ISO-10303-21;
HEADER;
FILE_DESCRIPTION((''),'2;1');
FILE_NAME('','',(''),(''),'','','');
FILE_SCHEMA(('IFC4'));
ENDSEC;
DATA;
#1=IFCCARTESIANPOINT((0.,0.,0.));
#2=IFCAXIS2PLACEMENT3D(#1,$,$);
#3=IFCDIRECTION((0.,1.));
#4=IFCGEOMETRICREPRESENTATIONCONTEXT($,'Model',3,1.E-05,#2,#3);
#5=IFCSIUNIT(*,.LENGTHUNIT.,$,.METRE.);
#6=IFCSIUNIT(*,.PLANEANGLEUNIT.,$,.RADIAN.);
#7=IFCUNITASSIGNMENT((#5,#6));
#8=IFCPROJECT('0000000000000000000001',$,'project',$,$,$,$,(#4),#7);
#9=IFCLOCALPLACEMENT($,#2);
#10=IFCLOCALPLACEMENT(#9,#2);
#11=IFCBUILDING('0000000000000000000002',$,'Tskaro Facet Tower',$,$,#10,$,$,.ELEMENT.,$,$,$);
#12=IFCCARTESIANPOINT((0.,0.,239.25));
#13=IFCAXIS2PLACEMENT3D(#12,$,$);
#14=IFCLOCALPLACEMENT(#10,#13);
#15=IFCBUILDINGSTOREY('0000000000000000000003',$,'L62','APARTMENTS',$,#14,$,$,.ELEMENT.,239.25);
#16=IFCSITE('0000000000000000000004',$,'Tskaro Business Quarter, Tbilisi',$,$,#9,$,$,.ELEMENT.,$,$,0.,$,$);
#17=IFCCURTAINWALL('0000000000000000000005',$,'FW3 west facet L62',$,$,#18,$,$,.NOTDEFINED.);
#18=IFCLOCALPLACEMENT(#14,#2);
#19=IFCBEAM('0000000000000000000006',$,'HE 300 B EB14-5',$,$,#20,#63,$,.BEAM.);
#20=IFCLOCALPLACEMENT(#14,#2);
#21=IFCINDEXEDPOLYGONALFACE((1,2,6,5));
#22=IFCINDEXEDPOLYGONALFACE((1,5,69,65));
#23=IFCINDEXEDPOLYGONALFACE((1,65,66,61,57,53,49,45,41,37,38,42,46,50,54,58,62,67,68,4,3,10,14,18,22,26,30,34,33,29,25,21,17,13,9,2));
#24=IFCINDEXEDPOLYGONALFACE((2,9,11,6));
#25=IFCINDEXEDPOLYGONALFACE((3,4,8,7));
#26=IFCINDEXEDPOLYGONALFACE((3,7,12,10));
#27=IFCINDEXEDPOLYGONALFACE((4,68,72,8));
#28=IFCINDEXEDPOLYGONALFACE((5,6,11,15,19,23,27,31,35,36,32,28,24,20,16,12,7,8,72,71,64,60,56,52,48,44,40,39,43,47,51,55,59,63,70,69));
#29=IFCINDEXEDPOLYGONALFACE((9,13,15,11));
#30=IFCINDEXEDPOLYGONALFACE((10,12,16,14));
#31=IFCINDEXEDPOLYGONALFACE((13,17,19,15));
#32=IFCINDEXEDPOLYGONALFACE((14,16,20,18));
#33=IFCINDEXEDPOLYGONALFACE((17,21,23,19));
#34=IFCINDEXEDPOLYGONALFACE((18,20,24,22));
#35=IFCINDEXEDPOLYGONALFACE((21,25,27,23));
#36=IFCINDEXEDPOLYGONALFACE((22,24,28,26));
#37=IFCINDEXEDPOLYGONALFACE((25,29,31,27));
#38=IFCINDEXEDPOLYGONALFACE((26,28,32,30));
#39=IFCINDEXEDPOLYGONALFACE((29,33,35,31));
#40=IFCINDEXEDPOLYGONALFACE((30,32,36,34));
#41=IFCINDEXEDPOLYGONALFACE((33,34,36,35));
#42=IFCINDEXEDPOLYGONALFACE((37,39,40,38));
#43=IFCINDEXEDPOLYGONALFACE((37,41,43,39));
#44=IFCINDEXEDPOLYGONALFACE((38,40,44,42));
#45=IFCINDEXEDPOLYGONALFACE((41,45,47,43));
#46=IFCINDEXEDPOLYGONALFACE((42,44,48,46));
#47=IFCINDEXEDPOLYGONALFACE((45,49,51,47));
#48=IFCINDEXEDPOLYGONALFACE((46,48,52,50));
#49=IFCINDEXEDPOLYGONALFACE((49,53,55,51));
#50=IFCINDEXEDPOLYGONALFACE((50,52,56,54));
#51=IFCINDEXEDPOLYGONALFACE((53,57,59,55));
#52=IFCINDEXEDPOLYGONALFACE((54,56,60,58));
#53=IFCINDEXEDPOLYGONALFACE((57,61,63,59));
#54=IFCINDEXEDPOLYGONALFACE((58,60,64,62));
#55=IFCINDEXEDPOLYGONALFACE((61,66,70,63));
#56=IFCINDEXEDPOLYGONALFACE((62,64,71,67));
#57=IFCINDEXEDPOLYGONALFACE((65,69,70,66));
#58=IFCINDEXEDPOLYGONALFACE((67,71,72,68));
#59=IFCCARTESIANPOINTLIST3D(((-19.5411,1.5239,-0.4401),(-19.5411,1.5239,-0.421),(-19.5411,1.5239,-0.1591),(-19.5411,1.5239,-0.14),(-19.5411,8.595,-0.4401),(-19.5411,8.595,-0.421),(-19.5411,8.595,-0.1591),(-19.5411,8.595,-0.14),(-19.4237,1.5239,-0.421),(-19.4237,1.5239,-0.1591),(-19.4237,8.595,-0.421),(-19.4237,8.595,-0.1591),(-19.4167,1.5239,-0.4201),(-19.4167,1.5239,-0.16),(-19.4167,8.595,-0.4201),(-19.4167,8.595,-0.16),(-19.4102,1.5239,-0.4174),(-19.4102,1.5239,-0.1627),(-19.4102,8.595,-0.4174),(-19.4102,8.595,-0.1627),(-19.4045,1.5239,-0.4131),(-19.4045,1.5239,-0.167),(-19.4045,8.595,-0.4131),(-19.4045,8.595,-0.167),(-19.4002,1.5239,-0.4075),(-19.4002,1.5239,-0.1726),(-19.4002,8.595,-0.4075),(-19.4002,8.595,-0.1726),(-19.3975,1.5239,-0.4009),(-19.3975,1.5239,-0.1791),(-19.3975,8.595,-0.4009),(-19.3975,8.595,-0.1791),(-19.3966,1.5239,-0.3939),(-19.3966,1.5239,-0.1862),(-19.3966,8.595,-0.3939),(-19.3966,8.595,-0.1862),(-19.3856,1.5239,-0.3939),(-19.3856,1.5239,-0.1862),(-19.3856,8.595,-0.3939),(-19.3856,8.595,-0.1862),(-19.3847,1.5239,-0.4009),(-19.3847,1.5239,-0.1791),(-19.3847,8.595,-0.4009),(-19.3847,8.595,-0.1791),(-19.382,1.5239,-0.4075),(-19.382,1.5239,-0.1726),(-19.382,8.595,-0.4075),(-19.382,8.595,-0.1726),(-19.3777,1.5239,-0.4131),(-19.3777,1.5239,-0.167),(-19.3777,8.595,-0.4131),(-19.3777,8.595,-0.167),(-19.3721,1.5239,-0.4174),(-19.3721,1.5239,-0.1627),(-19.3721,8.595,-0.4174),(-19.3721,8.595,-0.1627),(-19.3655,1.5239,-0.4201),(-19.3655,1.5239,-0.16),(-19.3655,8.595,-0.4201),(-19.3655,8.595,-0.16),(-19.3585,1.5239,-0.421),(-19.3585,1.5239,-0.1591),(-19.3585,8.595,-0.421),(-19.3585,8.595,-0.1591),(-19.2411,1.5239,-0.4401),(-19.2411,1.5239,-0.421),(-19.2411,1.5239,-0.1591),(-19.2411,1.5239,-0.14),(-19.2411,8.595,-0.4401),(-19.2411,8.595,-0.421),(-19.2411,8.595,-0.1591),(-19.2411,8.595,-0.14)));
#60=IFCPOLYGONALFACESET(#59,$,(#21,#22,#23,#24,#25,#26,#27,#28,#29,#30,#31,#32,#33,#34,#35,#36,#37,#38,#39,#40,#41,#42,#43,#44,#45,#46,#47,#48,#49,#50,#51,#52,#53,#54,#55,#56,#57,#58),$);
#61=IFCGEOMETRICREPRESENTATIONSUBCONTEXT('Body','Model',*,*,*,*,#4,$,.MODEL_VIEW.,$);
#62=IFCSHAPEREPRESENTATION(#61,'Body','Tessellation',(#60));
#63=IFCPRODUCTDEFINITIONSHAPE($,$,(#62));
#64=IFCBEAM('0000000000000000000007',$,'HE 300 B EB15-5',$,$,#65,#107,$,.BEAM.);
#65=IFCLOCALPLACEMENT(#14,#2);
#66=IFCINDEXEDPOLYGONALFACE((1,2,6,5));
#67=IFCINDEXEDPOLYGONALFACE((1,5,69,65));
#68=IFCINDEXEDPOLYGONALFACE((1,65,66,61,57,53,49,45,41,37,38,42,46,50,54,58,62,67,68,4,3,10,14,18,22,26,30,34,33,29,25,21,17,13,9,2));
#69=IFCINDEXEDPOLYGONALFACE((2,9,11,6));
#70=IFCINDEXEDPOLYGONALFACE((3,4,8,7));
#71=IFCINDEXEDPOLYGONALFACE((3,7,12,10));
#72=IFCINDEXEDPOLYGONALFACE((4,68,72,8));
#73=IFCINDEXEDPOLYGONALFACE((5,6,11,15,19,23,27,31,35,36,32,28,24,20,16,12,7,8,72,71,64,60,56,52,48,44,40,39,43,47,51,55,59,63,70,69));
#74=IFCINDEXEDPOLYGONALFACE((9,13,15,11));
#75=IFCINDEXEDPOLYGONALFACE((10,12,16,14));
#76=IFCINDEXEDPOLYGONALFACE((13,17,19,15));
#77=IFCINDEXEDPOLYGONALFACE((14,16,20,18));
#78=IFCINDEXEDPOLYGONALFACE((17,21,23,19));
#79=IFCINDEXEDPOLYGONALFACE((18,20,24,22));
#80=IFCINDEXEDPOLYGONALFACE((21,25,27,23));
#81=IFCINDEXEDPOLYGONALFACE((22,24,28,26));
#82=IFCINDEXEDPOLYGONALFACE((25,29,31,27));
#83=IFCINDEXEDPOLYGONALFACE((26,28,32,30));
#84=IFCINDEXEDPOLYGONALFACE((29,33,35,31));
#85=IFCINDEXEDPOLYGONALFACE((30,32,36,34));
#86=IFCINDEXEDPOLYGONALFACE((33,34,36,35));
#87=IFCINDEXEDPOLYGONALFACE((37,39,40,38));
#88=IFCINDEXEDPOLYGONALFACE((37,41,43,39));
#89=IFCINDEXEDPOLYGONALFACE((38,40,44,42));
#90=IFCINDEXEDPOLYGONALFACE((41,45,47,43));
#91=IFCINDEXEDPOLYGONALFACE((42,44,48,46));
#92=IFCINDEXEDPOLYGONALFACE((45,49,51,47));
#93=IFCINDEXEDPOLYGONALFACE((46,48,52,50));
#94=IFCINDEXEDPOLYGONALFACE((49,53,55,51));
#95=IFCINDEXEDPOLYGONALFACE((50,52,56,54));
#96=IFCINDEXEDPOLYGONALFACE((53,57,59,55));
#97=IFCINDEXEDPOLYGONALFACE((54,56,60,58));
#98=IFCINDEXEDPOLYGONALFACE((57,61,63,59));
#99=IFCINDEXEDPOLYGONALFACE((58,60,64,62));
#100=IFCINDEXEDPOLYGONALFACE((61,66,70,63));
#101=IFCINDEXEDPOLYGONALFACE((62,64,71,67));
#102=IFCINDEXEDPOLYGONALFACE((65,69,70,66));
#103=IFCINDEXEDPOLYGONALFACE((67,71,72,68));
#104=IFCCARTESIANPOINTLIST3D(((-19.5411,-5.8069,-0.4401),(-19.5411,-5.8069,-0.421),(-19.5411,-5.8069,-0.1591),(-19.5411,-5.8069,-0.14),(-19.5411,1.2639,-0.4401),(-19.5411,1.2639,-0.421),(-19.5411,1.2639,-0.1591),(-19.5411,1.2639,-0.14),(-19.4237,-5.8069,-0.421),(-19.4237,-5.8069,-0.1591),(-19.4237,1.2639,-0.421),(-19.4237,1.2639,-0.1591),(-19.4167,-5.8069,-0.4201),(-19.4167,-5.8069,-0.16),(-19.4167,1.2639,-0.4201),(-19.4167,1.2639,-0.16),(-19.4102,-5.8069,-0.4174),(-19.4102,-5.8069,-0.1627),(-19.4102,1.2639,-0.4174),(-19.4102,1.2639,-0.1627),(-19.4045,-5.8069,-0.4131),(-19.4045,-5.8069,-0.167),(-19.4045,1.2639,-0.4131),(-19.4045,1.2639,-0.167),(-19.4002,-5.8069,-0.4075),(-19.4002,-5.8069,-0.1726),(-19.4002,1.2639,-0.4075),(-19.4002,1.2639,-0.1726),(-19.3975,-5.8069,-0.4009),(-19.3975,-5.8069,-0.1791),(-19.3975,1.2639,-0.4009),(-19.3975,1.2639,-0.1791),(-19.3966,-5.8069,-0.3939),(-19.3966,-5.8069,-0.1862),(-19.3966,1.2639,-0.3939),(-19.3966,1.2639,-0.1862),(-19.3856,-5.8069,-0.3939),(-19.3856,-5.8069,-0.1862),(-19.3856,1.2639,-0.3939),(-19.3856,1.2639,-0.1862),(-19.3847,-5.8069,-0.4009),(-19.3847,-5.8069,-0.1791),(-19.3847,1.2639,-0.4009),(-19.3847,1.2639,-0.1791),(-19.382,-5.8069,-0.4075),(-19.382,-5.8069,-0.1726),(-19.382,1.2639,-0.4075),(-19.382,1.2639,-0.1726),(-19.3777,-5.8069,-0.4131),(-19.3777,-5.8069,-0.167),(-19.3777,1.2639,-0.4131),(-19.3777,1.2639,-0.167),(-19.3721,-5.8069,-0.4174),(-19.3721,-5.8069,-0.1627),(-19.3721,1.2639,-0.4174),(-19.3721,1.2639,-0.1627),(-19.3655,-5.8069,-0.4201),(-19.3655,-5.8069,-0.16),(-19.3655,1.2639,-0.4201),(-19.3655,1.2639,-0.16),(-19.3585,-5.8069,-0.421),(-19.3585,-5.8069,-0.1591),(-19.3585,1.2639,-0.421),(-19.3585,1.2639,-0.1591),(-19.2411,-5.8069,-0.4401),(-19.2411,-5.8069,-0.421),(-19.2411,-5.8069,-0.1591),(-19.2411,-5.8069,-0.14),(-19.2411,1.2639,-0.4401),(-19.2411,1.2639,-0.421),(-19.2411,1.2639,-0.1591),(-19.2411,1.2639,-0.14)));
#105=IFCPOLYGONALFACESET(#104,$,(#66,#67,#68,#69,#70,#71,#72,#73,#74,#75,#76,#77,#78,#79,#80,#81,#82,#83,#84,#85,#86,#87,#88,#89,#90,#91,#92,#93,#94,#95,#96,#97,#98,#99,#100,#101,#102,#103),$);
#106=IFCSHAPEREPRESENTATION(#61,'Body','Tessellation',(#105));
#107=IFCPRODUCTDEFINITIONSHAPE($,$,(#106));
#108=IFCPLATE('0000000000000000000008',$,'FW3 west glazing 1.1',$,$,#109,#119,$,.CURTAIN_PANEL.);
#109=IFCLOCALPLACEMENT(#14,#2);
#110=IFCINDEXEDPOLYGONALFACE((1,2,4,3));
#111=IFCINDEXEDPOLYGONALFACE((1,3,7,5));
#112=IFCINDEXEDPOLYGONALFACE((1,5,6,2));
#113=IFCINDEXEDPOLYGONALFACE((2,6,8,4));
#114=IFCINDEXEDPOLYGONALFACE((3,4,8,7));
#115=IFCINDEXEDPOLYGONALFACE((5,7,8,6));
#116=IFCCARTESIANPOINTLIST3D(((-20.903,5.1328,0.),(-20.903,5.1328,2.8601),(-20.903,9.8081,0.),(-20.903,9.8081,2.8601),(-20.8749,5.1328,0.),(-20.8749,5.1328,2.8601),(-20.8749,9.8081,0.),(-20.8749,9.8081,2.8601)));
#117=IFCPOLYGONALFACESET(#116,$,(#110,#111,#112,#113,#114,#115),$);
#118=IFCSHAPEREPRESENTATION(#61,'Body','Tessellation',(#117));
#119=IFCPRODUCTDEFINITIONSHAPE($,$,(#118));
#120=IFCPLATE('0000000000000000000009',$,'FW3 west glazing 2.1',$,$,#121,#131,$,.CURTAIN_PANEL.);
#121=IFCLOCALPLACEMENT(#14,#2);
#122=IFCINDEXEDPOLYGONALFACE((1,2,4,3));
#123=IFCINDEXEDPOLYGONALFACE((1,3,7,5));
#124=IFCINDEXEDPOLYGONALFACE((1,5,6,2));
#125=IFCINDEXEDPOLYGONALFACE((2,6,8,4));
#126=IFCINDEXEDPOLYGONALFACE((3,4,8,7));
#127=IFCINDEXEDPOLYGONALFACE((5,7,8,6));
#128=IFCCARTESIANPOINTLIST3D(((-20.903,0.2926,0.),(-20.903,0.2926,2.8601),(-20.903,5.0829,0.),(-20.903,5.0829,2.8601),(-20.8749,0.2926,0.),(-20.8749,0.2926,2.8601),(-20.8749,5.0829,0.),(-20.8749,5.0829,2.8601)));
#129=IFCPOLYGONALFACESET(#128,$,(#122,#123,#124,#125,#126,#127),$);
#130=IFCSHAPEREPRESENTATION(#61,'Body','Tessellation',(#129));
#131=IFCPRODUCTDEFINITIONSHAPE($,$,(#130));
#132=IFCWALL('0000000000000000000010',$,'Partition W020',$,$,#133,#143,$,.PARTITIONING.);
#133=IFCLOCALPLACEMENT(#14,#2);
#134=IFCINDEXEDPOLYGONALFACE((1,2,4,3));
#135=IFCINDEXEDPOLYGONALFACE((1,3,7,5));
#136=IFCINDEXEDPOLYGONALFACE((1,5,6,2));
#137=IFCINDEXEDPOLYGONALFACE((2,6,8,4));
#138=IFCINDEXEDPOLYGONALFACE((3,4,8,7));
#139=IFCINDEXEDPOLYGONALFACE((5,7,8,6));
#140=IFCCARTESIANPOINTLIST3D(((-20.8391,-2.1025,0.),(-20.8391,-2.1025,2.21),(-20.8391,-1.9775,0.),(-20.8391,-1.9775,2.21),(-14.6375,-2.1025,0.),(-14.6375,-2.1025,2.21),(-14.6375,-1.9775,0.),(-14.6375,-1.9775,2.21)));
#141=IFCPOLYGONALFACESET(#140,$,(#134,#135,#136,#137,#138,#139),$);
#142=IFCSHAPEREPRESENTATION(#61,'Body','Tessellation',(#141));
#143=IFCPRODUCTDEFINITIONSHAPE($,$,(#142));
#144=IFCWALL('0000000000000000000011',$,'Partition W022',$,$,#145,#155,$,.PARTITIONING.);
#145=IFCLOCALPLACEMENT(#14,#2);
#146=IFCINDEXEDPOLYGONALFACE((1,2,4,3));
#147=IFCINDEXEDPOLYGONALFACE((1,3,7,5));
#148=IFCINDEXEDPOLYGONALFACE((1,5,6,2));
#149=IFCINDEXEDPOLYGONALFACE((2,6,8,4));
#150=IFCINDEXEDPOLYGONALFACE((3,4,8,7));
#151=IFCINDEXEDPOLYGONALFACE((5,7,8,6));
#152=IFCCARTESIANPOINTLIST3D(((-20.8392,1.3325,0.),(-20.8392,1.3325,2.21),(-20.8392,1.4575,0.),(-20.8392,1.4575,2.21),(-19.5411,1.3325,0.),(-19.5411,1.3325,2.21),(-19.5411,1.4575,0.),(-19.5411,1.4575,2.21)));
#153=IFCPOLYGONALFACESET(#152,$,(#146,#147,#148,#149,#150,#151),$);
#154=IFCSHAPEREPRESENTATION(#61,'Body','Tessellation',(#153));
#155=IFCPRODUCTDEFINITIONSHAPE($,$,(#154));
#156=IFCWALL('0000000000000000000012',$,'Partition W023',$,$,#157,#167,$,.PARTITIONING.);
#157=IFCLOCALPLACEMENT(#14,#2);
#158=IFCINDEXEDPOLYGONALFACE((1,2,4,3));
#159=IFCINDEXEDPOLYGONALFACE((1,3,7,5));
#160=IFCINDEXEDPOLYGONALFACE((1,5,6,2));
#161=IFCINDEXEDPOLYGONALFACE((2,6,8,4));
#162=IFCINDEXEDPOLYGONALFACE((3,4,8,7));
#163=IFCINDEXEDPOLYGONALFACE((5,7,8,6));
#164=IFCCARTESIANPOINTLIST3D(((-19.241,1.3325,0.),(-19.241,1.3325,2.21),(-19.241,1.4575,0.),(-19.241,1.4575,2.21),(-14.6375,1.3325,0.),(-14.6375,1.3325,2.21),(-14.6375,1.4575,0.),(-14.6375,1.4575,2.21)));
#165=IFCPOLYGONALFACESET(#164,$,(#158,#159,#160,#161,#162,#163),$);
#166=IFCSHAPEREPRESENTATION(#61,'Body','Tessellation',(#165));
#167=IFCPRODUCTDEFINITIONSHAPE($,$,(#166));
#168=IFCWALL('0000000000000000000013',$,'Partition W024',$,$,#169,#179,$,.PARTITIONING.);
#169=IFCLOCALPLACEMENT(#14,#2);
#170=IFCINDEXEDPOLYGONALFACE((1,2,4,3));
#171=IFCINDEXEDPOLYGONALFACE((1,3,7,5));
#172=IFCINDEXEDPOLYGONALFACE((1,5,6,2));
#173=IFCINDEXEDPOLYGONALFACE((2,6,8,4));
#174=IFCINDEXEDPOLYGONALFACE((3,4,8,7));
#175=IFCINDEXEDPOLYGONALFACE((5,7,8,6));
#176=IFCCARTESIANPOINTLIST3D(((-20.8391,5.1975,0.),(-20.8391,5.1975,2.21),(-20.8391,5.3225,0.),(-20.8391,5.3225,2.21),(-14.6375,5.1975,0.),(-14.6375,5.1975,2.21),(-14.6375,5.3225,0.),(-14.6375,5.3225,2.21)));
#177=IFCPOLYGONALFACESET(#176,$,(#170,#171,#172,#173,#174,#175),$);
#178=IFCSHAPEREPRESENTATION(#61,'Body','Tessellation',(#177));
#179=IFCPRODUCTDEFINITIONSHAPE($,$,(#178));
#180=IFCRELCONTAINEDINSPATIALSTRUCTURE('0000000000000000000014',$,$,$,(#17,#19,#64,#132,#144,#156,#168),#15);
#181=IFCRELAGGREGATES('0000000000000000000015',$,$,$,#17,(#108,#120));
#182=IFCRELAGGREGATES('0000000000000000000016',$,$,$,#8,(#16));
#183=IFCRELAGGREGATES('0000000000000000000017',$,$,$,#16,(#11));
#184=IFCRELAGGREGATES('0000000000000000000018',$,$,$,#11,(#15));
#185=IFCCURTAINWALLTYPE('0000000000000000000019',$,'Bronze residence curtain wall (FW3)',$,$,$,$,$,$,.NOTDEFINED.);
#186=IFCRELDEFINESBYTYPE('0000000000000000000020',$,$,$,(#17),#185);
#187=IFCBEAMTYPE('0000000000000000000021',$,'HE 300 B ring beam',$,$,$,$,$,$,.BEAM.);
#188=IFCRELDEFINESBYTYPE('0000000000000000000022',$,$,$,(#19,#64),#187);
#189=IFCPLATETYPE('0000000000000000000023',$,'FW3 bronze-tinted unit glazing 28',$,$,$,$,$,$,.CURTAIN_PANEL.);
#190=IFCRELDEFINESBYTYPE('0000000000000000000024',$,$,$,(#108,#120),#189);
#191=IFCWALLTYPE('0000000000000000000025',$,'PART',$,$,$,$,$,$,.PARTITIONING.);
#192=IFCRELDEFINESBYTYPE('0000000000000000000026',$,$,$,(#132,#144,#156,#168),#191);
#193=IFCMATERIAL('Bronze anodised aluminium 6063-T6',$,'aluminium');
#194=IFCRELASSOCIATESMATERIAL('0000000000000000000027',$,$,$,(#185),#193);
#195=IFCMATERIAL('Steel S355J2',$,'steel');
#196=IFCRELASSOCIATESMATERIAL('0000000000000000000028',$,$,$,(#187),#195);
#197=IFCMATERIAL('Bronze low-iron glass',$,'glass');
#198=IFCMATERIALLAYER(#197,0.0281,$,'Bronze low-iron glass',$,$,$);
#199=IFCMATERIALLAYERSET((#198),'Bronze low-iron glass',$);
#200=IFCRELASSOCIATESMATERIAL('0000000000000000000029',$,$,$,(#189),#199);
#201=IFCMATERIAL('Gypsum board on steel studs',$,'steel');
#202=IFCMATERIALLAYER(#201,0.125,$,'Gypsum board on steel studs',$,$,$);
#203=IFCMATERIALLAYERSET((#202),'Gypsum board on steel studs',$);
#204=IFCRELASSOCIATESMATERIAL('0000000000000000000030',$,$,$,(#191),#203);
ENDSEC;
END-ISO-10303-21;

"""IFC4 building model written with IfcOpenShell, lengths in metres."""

from ifc_helpers import new_model, si_unit, direction, frame, frame_2d, origin, origin_2d, place, context, subcontext, project, spatial, rectangle, i_section, extrude, material, layer, layer_set, material_profile, profile_set, type_object, element, aggregate, save


model = new_model("IFC4")

# Units and contexts
model_context = context("Model", 3, precision=1e-05, world=origin(), true_north=direction((0.0, 1.0)))
body_context = subcontext(model_context, "Body", "Model", "MODEL_VIEW")
ifc_project = project(units=[si_unit("LENGTHUNIT", "METRE"), si_unit("PLANEANGLEUNIT", "RADIAN")], contexts=[model_context])

# Site, building, storey
site_placement = place(None, origin())
site = spatial("IfcSite", under=ifc_project, at=site_placement, Name="Tskaro Business Quarter, Tbilisi", CompositionType="ELEMENT", RefElevation=0.0)
building_placement = place(site_placement, origin())
building = spatial("IfcBuilding", under=site, at=building_placement, Name="Tskaro Facet Tower", CompositionType="ELEMENT")
storey_placement = place(building_placement, frame((0.0, 0.0, 239.25)))
storey = spatial("IfcBuildingStorey", under=building, at=storey_placement, Name="L62", Description="APARTMENTS", CompositionType="ELEMENT", Elevation=239.25)

# Curtain wall
ifc_material_1 = material(Name="Bronze anodised aluminium 6063-T6", Category="aluminium")
curtain_wall_type = type_object("IfcCurtainWallType", Name="Bronze residence curtain wall (FW3)", PredefinedType="NOTDEFINED", material=ifc_material_1)
curtain_wall_placement = place(storey_placement, origin())
curtain_wall = element("IfcCurtainWall", 1, at=curtain_wall_placement, inside=storey, type_object=curtain_wall_type, Name="FW3 west facet L62", PredefinedType="NOTDEFINED")

# Beams
ifc_material_2 = material(Name="Steel S355J2", Category="steel")
ifc_material_profile_1 = material_profile(ifc_material_2, i_section(OverallWidth=0.3, OverallDepth=0.3, WebThickness=0.011, FlangeThickness=0.019, FilletRadius=0.0271, at=origin_2d()), Name="HE 300 B")
ifc_profile_set_1 = profile_set([ifc_material_profile_1], Name="Steel S355J2")
beam_type = type_object("IfcBeamType", Name="HE 300 B ring beam", PredefinedType="BEAM", material=ifc_profile_set_1)
beam_1_placement = place(storey_placement, frame((-19.3911, 8.595, -0.29), z_axis=(0.0, -1.0, 0.0), x_axis=(1.0, 0.0, 0.0)))
element("IfcBeam", 2, at=beam_1_placement, inside=storey, type_object=beam_type, Name="HE 300 B EB14-5", PredefinedType="BEAM", context=body_context, shape_type="SweptSolid", body=[
    extrude(i_section(OverallWidth=0.3, OverallDepth=0.3, WebThickness=0.011, FlangeThickness=0.019, FilletRadius=0.0271, at=origin_2d()), origin(), (0.0, 0.0, 1.0), 7.071),
])
beam_2_placement = place(storey_placement, frame((-19.3911, 1.2639, -0.29), z_axis=(0.0, -1.0, 0.0), x_axis=(1.0, 0.0, 0.0)))
element("IfcBeam", 3, at=beam_2_placement, inside=storey, type_object=beam_type, Name="HE 300 B EB15-5", PredefinedType="BEAM", context=body_context, shape_type="SweptSolid", body=[
    extrude(i_section(OverallWidth=0.3, OverallDepth=0.3, WebThickness=0.011, FlangeThickness=0.019, FilletRadius=0.0271, at=origin_2d()), origin(), (0.0, 0.0, 1.0), 7.0708),
])

# Plates
ifc_material_3 = material(Name="Bronze low-iron glass", Category="glass")
ifc_layer_1 = layer(ifc_material_3, 0.0281, Name="Bronze low-iron glass")
ifc_layer_set_1 = layer_set([ifc_layer_1], Name="Bronze low-iron glass")
plate_type = type_object("IfcPlateType", Name="FW3 bronze-tinted unit glazing 28", PredefinedType="CURTAIN_PANEL", material=ifc_layer_set_1)
plate_1_placement = place(storey_placement, frame((-20.8889, 7.4705, 0.0), z_axis=(0.0, 0.0, 1.0), x_axis=(0.0, -1.0, 0.0)))
plate_1 = element("IfcPlate", 4, at=plate_1_placement, type_object=plate_type, Name="FW3 west glazing 1.1", PredefinedType="CURTAIN_PANEL", context=body_context, shape_type="SweptSolid", body=[
    extrude(rectangle(XDim=4.6753, YDim=0.0281, at=origin_2d()), origin(), (0.0, 0.0, 1.0), 2.8601),
])
plate_2_placement = place(storey_placement, frame((-20.8889, 2.6877, 0.0), z_axis=(0.0, 0.0, 1.0), x_axis=(0.0, -1.0, 0.0)))
plate_2 = element("IfcPlate", 5, at=plate_2_placement, type_object=plate_type, Name="FW3 west glazing 2.1", PredefinedType="CURTAIN_PANEL", context=body_context, shape_type="SweptSolid", body=[
    extrude(rectangle(XDim=4.7903, YDim=0.0281, at=origin_2d()), origin(), (0.0, 0.0, 1.0), 2.8601),
])
aggregate(curtain_wall, [plate_1, plate_2])

# Walls
ifc_material_4 = material(Name="Gypsum board on steel studs", Category="steel")
ifc_layer_2 = layer(ifc_material_4, 0.125, Name="Gypsum board on steel studs")
ifc_layer_set_2 = layer_set([ifc_layer_2], Name="Gypsum board on steel studs")
wall_type = type_object("IfcWallType", Name="PART", PredefinedType="PARTITIONING", material=ifc_layer_set_2)
wall_1_placement = place(storey_placement, frame((-20.8391, -2.04, 0.0), z_axis=(0.0, 0.0, 1.0), x_axis=(1.0, 0.0, 0.0)))
element("IfcWall", 6, at=wall_1_placement, inside=storey, type_object=wall_type, Name="Partition W020", PredefinedType="PARTITIONING", context=body_context, shape_type="SweptSolid", body=[
    extrude(rectangle(XDim=6.2017, YDim=0.125, at=frame_2d((3.1008, 0.0))), origin(), (0.0, 0.0, 1.0), 2.21),
])
wall_2_placement = place(storey_placement, frame((-20.8391, 1.395, 0.0), z_axis=(0.0, 0.0, 1.0), x_axis=(1.0, 0.0, 0.0)))
element("IfcWall", 7, at=wall_2_placement, inside=storey, type_object=wall_type, Name="Partition W022", PredefinedType="PARTITIONING", context=body_context, shape_type="SweptSolid", body=[
    extrude(rectangle(XDim=1.2981, YDim=0.125, at=frame_2d((0.6489, 0.0))), origin(), (0.0, 0.0, 1.0), 2.21),
])
wall_3_placement = place(storey_placement, frame((-19.241, 1.395, 0.0), z_axis=(0.0, 0.0, 1.0), x_axis=(1.0, 0.0, 0.0)))
element("IfcWall", 8, at=wall_3_placement, inside=storey, type_object=wall_type, Name="Partition W023", PredefinedType="PARTITIONING", context=body_context, shape_type="SweptSolid", body=[
    extrude(rectangle(XDim=4.6035, YDim=0.125, at=frame_2d((2.3018, 0.0))), origin(), (0.0, 0.0, 1.0), 2.21),
])
wall_4_placement = place(storey_placement, frame((-20.8391, 5.26, 0.0), z_axis=(0.0, 0.0, 1.0), x_axis=(1.0, 0.0, 0.0)))
element("IfcWall", 9, at=wall_4_placement, inside=storey, type_object=wall_type, Name="Partition W024", PredefinedType="PARTITIONING", context=body_context, shape_type="SweptSolid", body=[
    extrude(rectangle(XDim=6.2017, YDim=0.125, at=frame_2d((3.1008, 0.0))), origin(), (0.0, 0.0, 1.0), 2.21),
])

save(model, "model.ifc")
